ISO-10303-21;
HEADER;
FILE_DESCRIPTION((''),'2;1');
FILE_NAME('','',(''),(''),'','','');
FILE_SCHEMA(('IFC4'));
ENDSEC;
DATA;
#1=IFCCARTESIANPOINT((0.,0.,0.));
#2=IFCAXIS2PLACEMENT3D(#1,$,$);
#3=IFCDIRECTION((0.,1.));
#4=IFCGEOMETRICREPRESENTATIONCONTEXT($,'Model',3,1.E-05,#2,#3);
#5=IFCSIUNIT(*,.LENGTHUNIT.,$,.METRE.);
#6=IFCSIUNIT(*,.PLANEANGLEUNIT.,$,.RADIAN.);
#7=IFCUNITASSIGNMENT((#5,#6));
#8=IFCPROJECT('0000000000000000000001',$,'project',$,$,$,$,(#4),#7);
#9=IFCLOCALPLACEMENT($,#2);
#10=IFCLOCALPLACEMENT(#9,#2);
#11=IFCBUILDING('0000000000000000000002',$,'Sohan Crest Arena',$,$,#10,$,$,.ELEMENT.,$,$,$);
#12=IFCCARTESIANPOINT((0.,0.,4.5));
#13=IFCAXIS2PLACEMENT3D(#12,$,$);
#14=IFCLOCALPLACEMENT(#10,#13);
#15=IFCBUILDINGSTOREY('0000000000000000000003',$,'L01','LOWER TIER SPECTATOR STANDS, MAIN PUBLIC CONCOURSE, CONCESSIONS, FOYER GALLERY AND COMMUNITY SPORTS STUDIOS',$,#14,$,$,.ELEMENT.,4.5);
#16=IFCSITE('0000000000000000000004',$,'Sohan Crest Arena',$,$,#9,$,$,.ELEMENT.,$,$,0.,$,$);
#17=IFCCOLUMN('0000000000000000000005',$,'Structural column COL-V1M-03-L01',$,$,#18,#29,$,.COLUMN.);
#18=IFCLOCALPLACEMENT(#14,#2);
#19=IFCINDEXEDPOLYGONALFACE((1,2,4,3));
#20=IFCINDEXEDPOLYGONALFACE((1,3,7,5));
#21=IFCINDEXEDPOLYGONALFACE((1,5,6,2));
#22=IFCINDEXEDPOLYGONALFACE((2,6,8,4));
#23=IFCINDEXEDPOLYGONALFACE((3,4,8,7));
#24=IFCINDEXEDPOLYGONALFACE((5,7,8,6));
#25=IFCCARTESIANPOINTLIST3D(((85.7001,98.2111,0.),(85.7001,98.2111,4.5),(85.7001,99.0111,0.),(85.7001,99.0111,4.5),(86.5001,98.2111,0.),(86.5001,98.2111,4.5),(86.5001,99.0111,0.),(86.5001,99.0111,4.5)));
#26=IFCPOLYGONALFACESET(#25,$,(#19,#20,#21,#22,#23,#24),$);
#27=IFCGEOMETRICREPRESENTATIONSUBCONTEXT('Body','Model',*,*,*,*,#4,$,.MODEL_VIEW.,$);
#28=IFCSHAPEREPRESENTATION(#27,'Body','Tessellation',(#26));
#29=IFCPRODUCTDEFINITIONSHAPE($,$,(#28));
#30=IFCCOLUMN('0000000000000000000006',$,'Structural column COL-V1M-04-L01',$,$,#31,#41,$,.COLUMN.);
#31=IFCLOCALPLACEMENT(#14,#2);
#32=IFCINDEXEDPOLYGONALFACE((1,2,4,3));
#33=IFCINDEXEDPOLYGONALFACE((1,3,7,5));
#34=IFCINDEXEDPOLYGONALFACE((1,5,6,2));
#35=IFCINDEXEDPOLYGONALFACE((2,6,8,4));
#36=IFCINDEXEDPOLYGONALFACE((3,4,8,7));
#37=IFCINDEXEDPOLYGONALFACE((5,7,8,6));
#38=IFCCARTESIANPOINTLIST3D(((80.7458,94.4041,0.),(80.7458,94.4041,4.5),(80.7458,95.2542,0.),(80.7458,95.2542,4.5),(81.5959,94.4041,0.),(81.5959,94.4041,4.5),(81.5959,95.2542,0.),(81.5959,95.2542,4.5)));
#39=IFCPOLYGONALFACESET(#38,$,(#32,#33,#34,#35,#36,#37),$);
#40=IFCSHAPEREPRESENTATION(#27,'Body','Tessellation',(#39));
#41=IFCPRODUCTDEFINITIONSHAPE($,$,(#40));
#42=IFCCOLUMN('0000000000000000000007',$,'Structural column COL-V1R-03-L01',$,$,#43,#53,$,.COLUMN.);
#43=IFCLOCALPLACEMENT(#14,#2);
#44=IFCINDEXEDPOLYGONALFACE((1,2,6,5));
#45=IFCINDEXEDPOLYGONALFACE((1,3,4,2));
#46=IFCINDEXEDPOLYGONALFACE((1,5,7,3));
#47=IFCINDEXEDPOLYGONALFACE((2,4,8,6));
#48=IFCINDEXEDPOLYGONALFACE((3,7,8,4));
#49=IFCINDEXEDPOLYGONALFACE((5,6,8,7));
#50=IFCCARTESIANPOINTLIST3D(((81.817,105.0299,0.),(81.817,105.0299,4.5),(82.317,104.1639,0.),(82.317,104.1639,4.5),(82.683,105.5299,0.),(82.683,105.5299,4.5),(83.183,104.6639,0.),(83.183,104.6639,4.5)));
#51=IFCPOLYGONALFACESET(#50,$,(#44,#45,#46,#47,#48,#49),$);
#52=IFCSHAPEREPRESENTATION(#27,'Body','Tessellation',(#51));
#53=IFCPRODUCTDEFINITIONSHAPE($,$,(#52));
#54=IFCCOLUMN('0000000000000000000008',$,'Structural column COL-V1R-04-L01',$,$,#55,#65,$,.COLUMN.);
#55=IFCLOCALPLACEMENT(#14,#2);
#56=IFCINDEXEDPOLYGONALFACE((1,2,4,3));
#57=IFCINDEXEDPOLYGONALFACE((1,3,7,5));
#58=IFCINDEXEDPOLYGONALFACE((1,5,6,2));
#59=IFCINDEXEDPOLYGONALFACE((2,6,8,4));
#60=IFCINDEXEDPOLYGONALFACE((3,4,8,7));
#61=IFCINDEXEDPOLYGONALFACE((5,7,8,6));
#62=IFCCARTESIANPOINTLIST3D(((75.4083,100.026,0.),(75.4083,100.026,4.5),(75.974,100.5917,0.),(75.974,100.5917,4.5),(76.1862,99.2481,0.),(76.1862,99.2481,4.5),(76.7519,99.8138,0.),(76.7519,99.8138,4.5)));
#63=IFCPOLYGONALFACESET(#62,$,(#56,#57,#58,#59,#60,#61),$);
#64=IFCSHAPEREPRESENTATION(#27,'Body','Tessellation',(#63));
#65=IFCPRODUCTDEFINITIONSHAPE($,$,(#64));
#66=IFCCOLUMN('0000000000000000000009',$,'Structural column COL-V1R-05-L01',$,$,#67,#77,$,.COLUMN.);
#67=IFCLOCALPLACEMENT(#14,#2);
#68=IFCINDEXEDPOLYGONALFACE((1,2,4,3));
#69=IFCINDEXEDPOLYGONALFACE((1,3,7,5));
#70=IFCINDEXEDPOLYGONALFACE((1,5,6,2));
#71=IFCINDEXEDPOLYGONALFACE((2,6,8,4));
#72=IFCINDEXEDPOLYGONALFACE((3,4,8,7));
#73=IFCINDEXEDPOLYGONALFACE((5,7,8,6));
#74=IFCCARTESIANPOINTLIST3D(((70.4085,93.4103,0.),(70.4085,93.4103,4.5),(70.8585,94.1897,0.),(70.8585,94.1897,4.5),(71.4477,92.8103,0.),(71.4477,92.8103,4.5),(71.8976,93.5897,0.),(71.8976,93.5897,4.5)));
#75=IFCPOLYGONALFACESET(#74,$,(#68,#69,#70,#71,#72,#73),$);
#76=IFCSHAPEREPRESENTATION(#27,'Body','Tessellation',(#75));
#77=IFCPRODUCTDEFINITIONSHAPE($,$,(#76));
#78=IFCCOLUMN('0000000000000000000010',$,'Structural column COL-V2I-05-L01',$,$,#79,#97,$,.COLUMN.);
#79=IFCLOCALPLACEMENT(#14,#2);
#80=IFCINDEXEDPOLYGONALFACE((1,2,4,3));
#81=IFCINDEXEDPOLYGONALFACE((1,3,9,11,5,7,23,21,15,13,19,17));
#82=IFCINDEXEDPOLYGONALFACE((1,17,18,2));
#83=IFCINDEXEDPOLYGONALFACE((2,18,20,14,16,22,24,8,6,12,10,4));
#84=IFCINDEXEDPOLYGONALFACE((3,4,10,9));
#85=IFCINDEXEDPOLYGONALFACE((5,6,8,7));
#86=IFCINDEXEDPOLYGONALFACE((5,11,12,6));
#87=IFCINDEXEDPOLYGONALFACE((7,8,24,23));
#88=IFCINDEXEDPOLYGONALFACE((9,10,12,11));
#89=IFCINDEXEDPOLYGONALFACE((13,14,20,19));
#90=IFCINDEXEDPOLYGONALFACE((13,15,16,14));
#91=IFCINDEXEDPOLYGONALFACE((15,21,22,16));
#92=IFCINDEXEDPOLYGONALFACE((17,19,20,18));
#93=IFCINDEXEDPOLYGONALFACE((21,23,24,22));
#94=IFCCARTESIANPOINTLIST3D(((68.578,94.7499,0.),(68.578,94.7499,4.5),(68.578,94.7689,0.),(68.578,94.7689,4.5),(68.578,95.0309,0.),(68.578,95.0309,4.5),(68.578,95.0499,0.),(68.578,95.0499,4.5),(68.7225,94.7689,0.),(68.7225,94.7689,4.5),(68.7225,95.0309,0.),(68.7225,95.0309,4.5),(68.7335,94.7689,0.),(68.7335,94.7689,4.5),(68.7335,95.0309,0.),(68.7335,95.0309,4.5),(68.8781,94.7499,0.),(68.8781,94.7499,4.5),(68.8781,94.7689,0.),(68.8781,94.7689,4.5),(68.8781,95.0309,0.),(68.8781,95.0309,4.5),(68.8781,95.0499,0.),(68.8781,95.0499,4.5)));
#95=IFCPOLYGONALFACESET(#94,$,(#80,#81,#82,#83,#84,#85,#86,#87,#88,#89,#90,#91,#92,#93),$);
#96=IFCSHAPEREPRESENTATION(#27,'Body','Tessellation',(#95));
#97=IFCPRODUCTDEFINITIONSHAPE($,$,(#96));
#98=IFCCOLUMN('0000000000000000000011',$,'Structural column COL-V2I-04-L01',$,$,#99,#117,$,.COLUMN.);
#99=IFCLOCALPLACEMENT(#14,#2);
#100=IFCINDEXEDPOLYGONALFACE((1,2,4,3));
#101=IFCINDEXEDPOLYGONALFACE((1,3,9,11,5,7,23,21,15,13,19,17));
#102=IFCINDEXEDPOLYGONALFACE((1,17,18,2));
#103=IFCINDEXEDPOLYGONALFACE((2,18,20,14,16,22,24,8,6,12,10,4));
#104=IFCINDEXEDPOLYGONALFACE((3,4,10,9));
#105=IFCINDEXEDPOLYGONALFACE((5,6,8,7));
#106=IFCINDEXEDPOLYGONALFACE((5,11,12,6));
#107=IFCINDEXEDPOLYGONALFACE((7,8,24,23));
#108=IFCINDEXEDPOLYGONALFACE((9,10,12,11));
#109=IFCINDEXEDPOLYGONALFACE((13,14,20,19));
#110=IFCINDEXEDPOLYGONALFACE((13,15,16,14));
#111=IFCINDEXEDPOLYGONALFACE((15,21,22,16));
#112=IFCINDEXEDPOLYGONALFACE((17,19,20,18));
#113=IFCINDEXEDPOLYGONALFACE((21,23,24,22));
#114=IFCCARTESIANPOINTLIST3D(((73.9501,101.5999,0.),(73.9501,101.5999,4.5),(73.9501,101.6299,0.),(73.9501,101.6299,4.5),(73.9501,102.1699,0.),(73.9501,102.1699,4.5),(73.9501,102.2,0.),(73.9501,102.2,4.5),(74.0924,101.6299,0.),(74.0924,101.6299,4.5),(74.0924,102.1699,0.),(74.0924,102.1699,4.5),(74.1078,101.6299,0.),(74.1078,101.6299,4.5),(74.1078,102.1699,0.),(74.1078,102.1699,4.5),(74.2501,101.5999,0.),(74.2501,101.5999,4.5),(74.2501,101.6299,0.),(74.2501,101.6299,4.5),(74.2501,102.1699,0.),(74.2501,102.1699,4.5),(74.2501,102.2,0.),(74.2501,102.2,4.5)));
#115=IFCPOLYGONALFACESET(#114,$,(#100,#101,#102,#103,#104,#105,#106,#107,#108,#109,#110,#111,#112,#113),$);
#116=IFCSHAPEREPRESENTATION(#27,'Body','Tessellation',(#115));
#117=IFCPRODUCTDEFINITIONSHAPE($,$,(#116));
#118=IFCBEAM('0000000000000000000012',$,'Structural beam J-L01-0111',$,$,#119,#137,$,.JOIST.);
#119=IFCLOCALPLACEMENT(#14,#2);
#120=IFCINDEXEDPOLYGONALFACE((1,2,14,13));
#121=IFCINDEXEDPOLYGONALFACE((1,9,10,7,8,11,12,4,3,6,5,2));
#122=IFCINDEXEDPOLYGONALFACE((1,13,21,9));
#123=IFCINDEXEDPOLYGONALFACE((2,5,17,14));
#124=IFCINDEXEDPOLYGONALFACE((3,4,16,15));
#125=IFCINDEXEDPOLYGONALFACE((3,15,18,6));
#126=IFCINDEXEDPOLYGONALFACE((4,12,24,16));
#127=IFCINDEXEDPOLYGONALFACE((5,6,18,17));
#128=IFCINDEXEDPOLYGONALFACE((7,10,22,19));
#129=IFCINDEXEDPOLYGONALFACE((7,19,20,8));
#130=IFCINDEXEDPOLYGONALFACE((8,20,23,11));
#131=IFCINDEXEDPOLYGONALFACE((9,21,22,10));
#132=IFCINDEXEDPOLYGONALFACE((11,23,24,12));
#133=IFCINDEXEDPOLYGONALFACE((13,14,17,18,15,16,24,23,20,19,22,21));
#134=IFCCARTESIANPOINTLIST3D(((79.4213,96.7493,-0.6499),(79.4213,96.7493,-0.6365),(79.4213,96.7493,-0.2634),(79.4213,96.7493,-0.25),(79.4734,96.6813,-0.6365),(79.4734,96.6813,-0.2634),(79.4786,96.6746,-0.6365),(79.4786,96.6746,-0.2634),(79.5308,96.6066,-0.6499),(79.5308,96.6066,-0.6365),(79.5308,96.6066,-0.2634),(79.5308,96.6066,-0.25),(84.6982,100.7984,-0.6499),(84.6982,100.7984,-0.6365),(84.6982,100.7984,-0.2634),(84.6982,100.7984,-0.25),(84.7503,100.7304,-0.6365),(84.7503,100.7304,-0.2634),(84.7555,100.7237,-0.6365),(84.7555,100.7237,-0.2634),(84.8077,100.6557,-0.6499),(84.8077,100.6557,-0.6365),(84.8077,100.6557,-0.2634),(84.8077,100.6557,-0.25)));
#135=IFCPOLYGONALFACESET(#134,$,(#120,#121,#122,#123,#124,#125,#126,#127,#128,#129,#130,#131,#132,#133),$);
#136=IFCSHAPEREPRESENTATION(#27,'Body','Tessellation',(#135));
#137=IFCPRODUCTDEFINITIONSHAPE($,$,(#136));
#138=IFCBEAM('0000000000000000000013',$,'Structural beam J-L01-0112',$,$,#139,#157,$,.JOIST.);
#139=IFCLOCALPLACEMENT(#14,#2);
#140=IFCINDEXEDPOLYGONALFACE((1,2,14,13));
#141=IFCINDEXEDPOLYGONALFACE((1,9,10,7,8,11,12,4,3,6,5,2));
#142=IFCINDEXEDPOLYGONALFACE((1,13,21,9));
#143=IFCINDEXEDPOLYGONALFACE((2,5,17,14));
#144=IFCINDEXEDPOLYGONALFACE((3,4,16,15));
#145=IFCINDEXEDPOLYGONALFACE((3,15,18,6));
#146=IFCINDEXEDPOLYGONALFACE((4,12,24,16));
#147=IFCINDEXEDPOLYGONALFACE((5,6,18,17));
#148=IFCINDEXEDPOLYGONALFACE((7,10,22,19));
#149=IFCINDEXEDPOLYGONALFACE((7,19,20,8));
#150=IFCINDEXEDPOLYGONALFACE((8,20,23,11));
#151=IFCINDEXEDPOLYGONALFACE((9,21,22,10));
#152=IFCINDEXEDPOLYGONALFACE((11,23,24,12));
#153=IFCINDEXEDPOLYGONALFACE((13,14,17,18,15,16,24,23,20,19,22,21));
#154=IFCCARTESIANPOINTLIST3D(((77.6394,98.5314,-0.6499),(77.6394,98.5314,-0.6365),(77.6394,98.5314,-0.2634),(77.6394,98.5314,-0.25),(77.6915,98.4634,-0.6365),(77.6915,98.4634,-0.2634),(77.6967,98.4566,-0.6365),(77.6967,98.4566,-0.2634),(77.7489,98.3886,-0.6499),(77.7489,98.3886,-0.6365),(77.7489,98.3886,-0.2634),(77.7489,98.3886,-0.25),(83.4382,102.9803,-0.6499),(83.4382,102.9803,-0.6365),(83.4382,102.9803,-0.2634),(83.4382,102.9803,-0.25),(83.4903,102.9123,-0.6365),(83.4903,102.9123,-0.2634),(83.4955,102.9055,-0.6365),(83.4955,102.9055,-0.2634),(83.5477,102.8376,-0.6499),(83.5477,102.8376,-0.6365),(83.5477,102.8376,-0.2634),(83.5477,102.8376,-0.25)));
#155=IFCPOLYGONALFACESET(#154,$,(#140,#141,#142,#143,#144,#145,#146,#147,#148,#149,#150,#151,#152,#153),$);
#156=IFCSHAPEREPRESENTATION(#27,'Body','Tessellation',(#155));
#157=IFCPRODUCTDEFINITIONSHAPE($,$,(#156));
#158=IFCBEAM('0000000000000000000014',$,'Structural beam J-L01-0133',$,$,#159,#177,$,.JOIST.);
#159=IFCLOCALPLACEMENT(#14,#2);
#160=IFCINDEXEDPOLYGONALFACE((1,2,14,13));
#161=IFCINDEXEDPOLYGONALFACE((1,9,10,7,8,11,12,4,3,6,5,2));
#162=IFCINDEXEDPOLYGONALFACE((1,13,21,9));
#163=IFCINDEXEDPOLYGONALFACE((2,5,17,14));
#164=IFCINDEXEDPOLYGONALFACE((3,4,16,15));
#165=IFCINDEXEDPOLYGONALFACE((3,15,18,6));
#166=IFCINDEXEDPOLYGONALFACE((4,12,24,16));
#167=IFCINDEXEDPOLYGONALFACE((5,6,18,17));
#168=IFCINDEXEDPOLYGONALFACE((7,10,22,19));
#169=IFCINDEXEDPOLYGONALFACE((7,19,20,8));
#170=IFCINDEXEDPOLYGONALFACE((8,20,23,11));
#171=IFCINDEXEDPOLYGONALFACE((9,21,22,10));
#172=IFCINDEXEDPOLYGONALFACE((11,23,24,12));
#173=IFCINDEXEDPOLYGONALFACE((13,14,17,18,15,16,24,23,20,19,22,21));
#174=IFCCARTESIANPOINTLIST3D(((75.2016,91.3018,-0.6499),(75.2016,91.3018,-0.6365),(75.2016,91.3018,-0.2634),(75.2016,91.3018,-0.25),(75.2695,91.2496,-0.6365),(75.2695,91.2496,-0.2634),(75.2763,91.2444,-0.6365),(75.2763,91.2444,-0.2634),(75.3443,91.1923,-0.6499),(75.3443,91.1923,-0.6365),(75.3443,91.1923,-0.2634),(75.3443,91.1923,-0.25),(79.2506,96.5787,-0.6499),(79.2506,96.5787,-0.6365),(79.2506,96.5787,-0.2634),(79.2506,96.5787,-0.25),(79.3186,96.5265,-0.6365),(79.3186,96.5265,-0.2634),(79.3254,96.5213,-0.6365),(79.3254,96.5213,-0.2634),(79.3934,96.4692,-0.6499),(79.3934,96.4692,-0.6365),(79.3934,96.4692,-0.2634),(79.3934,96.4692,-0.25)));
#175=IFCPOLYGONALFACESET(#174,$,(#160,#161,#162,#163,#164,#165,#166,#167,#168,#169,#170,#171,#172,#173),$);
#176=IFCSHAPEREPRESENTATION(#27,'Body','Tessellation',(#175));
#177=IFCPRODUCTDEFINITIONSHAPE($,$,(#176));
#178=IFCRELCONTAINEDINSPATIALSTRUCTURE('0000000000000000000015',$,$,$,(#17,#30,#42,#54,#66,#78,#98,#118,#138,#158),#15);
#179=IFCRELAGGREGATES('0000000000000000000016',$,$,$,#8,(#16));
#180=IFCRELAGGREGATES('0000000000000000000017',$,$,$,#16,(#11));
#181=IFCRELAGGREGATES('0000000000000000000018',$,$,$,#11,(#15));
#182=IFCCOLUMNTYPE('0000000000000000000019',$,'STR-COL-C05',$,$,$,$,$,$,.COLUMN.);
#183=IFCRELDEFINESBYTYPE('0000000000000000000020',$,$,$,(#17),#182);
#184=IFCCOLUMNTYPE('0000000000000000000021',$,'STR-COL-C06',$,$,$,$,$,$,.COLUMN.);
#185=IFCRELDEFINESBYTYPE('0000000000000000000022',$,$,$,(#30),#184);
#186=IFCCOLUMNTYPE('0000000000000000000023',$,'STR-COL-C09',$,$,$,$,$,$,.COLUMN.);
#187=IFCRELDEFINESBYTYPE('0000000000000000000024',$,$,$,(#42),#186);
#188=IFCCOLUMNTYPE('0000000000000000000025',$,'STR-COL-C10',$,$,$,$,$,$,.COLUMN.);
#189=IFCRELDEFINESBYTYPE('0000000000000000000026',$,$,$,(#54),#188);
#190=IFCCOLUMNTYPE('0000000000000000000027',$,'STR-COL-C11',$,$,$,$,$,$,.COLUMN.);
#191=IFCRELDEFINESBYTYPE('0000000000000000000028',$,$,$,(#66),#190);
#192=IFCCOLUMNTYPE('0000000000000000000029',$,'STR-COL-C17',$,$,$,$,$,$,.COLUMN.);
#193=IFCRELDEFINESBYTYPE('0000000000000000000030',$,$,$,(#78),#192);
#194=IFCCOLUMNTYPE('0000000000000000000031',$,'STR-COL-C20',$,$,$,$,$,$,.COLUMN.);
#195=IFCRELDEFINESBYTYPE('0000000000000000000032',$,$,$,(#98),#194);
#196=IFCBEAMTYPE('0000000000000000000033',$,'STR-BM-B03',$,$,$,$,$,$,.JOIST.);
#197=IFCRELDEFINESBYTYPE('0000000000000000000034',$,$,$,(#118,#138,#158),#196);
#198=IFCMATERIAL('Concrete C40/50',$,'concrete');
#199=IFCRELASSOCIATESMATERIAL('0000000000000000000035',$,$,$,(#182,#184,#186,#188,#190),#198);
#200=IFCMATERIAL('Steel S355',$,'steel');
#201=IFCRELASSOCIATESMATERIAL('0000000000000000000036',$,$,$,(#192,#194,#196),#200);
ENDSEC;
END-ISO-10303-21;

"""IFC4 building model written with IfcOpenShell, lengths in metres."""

from ifc_helpers import new_model, si_unit, direction, frame, origin, origin_2d, place, context, subcontext, project, spatial, rectangle, i_section, extrude, material, material_profile, profile_set, type_object, element, save


model = new_model("IFC4")

# Units and contexts
model_context = context("Model", 3, precision=1e-05, world=origin(), true_north=direction((0.0, 1.0)))
body_context = subcontext(model_context, "Body", "Model", "MODEL_VIEW")
ifc_project = project(units=[si_unit("LENGTHUNIT", "METRE"), si_unit("PLANEANGLEUNIT", "RADIAN")], contexts=[model_context])

# Site, building, storey
site_placement = place(None, origin())
site = spatial("IfcSite", under=ifc_project, at=site_placement, Name="Sohan Crest Arena", CompositionType="ELEMENT", RefElevation=0.0)
building_placement = place(site_placement, origin())
building = spatial("IfcBuilding", under=site, at=building_placement, Name="Sohan Crest Arena", CompositionType="ELEMENT")
storey_placement = place(building_placement, frame((0.0, 0.0, 4.5)))
storey = spatial("IfcBuildingStorey", under=building, at=storey_placement, Name="L01", Description="LOWER TIER SPECTATOR STANDS, MAIN PUBLIC CONCOURSE, CONCESSIONS, FOYER GALLERY AND COMMUNITY SPORTS STUDIOS", CompositionType="ELEMENT", Elevation=4.5)

# Columns
ifc_material_1 = material(Name="Concrete C40/50", Category="concrete")
ifc_material_profile_1 = material_profile(ifc_material_1, rectangle(XDim=0.8, YDim=0.8, at=origin_2d()), Name="RC 800x800")
ifc_profile_set_1 = profile_set([ifc_material_profile_1], Name="Concrete C40/50")
column_type_1 = type_object("IfcColumnType", Name="STR-COL-C05", PredefinedType="COLUMN", material=ifc_profile_set_1)
column_1_placement = place(storey_placement, frame((86.1001, 98.6111, 0.0), z_axis=(0.0, 0.0, 1.0), x_axis=(1.0, 0.0, 0.0)))
element("IfcColumn", 1, at=column_1_placement, inside=storey, type_object=column_type_1, Name="Structural column COL-V1M-03-L01", PredefinedType="COLUMN", context=body_context, shape_type="SweptSolid", body=[
    extrude(rectangle(XDim=0.8, YDim=0.8, at=origin_2d()), origin(), (0.0, 0.0, 1.0), 4.5),
])
ifc_material_profile_2 = material_profile(ifc_material_1, rectangle(XDim=0.8501, YDim=0.8501, at=origin_2d()), Name="RC 850x850")
ifc_profile_set_2 = profile_set([ifc_material_profile_2], Name="Concrete C40/50")
column_type_2 = type_object("IfcColumnType", Name="STR-COL-C06", PredefinedType="COLUMN", material=ifc_profile_set_2)
column_2_placement = place(storey_placement, frame((81.1709, 94.8291, 0.0), z_axis=(0.0, 0.0, 1.0), x_axis=(1.0, 0.0, 0.0)))
element("IfcColumn", 2, at=column_2_placement, inside=storey, type_object=column_type_2, Name="Structural column COL-V1M-04-L01", PredefinedType="COLUMN", context=body_context, shape_type="SweptSolid", body=[
    extrude(rectangle(XDim=0.8501, YDim=0.8501, at=origin_2d()), origin(), (0.0, 0.0, 1.0), 4.5),
])
ifc_material_profile_3 = material_profile(ifc_material_1, rectangle(XDim=1.0, YDim=1.0, at=origin_2d()), Name="RC 1000x1000")
ifc_profile_set_3 = profile_set([ifc_material_profile_3], Name="Concrete C40/50")
column_type_3 = type_object("IfcColumnType", Name="STR-COL-C09", PredefinedType="COLUMN", material=ifc_profile_set_3)
column_3_placement = place(storey_placement, frame((82.5, 104.8469, 0.0), z_axis=(0.0, 0.0, 1.0), x_axis=(-0.5, 0.866025, 0.0)))
element("IfcColumn", 3, at=column_3_placement, inside=storey, type_object=column_type_3, Name="Structural column COL-V1R-03-L01", PredefinedType="COLUMN", context=body_context, shape_type="SweptSolid", body=[
    extrude(rectangle(XDim=1.0, YDim=1.0, at=origin_2d()), origin(), (0.0, 0.0, 1.0), 4.5),
])
ifc_material_profile_4 = material_profile(ifc_material_1, rectangle(XDim=1.1001, YDim=0.8, at=origin_2d()), Name="RC 1100x800")
ifc_profile_set_4 = profile_set([ifc_material_profile_4], Name="Concrete C40/50")
column_type_4 = type_object("IfcColumnType", Name="STR-COL-C10", PredefinedType="COLUMN", material=ifc_profile_set_4)
column_4_placement = place(storey_placement, frame((76.0801, 99.9199, 0.0), z_axis=(0.0, 0.0, 1.0), x_axis=(-0.707107, 0.707107, 0.0)))
element("IfcColumn", 4, at=column_4_placement, inside=storey, type_object=column_type_4, Name="Structural column COL-V1R-04-L01", PredefinedType="COLUMN", context=body_context, shape_type="SweptSolid", body=[
    extrude(rectangle(XDim=1.1001, YDim=0.8, at=origin_2d()), origin(), (0.0, 0.0, 1.0), 4.5),
])
ifc_material_profile_5 = material_profile(ifc_material_1, rectangle(XDim=1.2, YDim=0.8999, at=origin_2d()), Name="RC 1200x900")
ifc_profile_set_5 = profile_set([ifc_material_profile_5], Name="Concrete C40/50")
column_type_5 = type_object("IfcColumnType", Name="STR-COL-C11", PredefinedType="COLUMN", material=ifc_profile_set_5)
column_5_placement = place(storey_placement, frame((71.1531, 93.5, 0.0), z_axis=(0.0, 0.0, 1.0), x_axis=(-0.866025, 0.5, 0.0)))
element("IfcColumn", 5, at=column_5_placement, inside=storey, type_object=column_type_5, Name="Structural column COL-V1R-05-L01", PredefinedType="COLUMN", context=body_context, shape_type="SweptSolid", body=[
    extrude(rectangle(XDim=1.2, YDim=0.8999, at=origin_2d()), origin(), (0.0, 0.0, 1.0), 4.5),
])
ifc_material_2 = material(Name="Steel S355", Category="steel")
ifc_material_profile_6 = material_profile(ifc_material_2, i_section(OverallWidth=0.3, OverallDepth=0.3, WebThickness=0.011, FlangeThickness=0.019, at=origin_2d()), Name="HEB 300")
ifc_profile_set_6 = profile_set([ifc_material_profile_6], Name="Steel S355")
column_type_6 = type_object("IfcColumnType", Name="STR-COL-C17", PredefinedType="COLUMN", material=ifc_profile_set_6)
column_6_placement = place(storey_placement, frame((68.728, 94.8999, 0.0), z_axis=(0.0, 0.0, 1.0), x_axis=(1.0, 0.0, 0.0)))
element("IfcColumn", 6, at=column_6_placement, inside=storey, type_object=column_type_6, Name="Structural column COL-V2I-05-L01", PredefinedType="COLUMN", context=body_context, shape_type="SweptSolid", body=[
    extrude(i_section(OverallWidth=0.3, OverallDepth=0.3, WebThickness=0.011, FlangeThickness=0.019, at=origin_2d()), origin(), (0.0, 0.0, 1.0), 4.5),
])
ifc_material_profile_7 = material_profile(ifc_material_2, i_section(OverallWidth=0.3, OverallDepth=0.6001, WebThickness=0.0154, FlangeThickness=0.03, at=origin_2d()), Name="HEB 600")
ifc_profile_set_7 = profile_set([ifc_material_profile_7], Name="Steel S355")
column_type_7 = type_object("IfcColumnType", Name="STR-COL-C20", PredefinedType="COLUMN", material=ifc_profile_set_7)
column_7_placement = place(storey_placement, frame((74.1001, 101.8999, 0.0), z_axis=(0.0, 0.0, 1.0), x_axis=(1.0, 0.0, 0.0)))
element("IfcColumn", 7, at=column_7_placement, inside=storey, type_object=column_type_7, Name="Structural column COL-V2I-04-L01", PredefinedType="COLUMN", context=body_context, shape_type="SweptSolid", body=[
    extrude(i_section(OverallWidth=0.3, OverallDepth=0.6001, WebThickness=0.0154, FlangeThickness=0.03, at=origin_2d()), origin(), (0.0, 0.0, 1.0), 4.5),
])

# Beams
ifc_material_profile_8 = material_profile(ifc_material_2, i_section(OverallWidth=0.1799, OverallDepth=0.3999, WebThickness=0.0085, FlangeThickness=0.0134, at=origin_2d()), Name="IPE 400")
ifc_profile_set_8 = profile_set([ifc_material_profile_8], Name="Steel S355")
beam_type_1 = type_object("IfcBeamType", Name="STR-BM-B03", PredefinedType="JOIST", material=ifc_profile_set_8)
beam_1_placement = place(storey_placement, frame((84.7529, 100.7271, -0.45), z_axis=(-0.793353, -0.608761, 0.0), x_axis=(0.608761, -0.793353, 0.0)))
element("IfcBeam", 8, at=beam_1_placement, inside=storey, type_object=beam_type_1, Name="Structural beam J-L01-0111", PredefinedType="JOIST", context=body_context, shape_type="SweptSolid", body=[
    extrude(i_section(OverallWidth=0.1799, OverallDepth=0.3999, WebThickness=0.0085, FlangeThickness=0.0134, at=origin_2d()), origin(), (0.0, 0.0, 1.0), 6.6514),
])
beam_2_placement = place(storey_placement, frame((83.4929, 102.9089, -0.45), z_axis=(-0.793394, -0.608708, 0.0), x_axis=(0.608708, -0.793394, 0.0)))
element("IfcBeam", 9, at=beam_2_placement, inside=storey, type_object=beam_type_1, Name="Structural beam J-L01-0112", PredefinedType="JOIST", context=body_context, shape_type="SweptSolid", body=[
    extrude(i_section(OverallWidth=0.1799, OverallDepth=0.3999, WebThickness=0.0085, FlangeThickness=0.0134, at=origin_2d()), origin(), (0.0, 0.0, 1.0), 7.3088),
])
beam_3_placement = place(storey_placement, frame((79.322, 96.5239, -0.45), z_axis=(-0.608761, -0.793353, 0.0), x_axis=(0.793353, -0.608761, 0.0)))
element("IfcBeam", 10, at=beam_3_placement, inside=storey, type_object=beam_type_1, Name="Structural beam J-L01-0133", PredefinedType="JOIST", context=body_context, shape_type="SweptSolid", body=[
    extrude(i_section(OverallWidth=0.1799, OverallDepth=0.3999, WebThickness=0.0085, FlangeThickness=0.0134, at=origin_2d()), origin(), (0.0, 0.0, 1.0), 6.6514),
])

save(model, "model.ifc")
